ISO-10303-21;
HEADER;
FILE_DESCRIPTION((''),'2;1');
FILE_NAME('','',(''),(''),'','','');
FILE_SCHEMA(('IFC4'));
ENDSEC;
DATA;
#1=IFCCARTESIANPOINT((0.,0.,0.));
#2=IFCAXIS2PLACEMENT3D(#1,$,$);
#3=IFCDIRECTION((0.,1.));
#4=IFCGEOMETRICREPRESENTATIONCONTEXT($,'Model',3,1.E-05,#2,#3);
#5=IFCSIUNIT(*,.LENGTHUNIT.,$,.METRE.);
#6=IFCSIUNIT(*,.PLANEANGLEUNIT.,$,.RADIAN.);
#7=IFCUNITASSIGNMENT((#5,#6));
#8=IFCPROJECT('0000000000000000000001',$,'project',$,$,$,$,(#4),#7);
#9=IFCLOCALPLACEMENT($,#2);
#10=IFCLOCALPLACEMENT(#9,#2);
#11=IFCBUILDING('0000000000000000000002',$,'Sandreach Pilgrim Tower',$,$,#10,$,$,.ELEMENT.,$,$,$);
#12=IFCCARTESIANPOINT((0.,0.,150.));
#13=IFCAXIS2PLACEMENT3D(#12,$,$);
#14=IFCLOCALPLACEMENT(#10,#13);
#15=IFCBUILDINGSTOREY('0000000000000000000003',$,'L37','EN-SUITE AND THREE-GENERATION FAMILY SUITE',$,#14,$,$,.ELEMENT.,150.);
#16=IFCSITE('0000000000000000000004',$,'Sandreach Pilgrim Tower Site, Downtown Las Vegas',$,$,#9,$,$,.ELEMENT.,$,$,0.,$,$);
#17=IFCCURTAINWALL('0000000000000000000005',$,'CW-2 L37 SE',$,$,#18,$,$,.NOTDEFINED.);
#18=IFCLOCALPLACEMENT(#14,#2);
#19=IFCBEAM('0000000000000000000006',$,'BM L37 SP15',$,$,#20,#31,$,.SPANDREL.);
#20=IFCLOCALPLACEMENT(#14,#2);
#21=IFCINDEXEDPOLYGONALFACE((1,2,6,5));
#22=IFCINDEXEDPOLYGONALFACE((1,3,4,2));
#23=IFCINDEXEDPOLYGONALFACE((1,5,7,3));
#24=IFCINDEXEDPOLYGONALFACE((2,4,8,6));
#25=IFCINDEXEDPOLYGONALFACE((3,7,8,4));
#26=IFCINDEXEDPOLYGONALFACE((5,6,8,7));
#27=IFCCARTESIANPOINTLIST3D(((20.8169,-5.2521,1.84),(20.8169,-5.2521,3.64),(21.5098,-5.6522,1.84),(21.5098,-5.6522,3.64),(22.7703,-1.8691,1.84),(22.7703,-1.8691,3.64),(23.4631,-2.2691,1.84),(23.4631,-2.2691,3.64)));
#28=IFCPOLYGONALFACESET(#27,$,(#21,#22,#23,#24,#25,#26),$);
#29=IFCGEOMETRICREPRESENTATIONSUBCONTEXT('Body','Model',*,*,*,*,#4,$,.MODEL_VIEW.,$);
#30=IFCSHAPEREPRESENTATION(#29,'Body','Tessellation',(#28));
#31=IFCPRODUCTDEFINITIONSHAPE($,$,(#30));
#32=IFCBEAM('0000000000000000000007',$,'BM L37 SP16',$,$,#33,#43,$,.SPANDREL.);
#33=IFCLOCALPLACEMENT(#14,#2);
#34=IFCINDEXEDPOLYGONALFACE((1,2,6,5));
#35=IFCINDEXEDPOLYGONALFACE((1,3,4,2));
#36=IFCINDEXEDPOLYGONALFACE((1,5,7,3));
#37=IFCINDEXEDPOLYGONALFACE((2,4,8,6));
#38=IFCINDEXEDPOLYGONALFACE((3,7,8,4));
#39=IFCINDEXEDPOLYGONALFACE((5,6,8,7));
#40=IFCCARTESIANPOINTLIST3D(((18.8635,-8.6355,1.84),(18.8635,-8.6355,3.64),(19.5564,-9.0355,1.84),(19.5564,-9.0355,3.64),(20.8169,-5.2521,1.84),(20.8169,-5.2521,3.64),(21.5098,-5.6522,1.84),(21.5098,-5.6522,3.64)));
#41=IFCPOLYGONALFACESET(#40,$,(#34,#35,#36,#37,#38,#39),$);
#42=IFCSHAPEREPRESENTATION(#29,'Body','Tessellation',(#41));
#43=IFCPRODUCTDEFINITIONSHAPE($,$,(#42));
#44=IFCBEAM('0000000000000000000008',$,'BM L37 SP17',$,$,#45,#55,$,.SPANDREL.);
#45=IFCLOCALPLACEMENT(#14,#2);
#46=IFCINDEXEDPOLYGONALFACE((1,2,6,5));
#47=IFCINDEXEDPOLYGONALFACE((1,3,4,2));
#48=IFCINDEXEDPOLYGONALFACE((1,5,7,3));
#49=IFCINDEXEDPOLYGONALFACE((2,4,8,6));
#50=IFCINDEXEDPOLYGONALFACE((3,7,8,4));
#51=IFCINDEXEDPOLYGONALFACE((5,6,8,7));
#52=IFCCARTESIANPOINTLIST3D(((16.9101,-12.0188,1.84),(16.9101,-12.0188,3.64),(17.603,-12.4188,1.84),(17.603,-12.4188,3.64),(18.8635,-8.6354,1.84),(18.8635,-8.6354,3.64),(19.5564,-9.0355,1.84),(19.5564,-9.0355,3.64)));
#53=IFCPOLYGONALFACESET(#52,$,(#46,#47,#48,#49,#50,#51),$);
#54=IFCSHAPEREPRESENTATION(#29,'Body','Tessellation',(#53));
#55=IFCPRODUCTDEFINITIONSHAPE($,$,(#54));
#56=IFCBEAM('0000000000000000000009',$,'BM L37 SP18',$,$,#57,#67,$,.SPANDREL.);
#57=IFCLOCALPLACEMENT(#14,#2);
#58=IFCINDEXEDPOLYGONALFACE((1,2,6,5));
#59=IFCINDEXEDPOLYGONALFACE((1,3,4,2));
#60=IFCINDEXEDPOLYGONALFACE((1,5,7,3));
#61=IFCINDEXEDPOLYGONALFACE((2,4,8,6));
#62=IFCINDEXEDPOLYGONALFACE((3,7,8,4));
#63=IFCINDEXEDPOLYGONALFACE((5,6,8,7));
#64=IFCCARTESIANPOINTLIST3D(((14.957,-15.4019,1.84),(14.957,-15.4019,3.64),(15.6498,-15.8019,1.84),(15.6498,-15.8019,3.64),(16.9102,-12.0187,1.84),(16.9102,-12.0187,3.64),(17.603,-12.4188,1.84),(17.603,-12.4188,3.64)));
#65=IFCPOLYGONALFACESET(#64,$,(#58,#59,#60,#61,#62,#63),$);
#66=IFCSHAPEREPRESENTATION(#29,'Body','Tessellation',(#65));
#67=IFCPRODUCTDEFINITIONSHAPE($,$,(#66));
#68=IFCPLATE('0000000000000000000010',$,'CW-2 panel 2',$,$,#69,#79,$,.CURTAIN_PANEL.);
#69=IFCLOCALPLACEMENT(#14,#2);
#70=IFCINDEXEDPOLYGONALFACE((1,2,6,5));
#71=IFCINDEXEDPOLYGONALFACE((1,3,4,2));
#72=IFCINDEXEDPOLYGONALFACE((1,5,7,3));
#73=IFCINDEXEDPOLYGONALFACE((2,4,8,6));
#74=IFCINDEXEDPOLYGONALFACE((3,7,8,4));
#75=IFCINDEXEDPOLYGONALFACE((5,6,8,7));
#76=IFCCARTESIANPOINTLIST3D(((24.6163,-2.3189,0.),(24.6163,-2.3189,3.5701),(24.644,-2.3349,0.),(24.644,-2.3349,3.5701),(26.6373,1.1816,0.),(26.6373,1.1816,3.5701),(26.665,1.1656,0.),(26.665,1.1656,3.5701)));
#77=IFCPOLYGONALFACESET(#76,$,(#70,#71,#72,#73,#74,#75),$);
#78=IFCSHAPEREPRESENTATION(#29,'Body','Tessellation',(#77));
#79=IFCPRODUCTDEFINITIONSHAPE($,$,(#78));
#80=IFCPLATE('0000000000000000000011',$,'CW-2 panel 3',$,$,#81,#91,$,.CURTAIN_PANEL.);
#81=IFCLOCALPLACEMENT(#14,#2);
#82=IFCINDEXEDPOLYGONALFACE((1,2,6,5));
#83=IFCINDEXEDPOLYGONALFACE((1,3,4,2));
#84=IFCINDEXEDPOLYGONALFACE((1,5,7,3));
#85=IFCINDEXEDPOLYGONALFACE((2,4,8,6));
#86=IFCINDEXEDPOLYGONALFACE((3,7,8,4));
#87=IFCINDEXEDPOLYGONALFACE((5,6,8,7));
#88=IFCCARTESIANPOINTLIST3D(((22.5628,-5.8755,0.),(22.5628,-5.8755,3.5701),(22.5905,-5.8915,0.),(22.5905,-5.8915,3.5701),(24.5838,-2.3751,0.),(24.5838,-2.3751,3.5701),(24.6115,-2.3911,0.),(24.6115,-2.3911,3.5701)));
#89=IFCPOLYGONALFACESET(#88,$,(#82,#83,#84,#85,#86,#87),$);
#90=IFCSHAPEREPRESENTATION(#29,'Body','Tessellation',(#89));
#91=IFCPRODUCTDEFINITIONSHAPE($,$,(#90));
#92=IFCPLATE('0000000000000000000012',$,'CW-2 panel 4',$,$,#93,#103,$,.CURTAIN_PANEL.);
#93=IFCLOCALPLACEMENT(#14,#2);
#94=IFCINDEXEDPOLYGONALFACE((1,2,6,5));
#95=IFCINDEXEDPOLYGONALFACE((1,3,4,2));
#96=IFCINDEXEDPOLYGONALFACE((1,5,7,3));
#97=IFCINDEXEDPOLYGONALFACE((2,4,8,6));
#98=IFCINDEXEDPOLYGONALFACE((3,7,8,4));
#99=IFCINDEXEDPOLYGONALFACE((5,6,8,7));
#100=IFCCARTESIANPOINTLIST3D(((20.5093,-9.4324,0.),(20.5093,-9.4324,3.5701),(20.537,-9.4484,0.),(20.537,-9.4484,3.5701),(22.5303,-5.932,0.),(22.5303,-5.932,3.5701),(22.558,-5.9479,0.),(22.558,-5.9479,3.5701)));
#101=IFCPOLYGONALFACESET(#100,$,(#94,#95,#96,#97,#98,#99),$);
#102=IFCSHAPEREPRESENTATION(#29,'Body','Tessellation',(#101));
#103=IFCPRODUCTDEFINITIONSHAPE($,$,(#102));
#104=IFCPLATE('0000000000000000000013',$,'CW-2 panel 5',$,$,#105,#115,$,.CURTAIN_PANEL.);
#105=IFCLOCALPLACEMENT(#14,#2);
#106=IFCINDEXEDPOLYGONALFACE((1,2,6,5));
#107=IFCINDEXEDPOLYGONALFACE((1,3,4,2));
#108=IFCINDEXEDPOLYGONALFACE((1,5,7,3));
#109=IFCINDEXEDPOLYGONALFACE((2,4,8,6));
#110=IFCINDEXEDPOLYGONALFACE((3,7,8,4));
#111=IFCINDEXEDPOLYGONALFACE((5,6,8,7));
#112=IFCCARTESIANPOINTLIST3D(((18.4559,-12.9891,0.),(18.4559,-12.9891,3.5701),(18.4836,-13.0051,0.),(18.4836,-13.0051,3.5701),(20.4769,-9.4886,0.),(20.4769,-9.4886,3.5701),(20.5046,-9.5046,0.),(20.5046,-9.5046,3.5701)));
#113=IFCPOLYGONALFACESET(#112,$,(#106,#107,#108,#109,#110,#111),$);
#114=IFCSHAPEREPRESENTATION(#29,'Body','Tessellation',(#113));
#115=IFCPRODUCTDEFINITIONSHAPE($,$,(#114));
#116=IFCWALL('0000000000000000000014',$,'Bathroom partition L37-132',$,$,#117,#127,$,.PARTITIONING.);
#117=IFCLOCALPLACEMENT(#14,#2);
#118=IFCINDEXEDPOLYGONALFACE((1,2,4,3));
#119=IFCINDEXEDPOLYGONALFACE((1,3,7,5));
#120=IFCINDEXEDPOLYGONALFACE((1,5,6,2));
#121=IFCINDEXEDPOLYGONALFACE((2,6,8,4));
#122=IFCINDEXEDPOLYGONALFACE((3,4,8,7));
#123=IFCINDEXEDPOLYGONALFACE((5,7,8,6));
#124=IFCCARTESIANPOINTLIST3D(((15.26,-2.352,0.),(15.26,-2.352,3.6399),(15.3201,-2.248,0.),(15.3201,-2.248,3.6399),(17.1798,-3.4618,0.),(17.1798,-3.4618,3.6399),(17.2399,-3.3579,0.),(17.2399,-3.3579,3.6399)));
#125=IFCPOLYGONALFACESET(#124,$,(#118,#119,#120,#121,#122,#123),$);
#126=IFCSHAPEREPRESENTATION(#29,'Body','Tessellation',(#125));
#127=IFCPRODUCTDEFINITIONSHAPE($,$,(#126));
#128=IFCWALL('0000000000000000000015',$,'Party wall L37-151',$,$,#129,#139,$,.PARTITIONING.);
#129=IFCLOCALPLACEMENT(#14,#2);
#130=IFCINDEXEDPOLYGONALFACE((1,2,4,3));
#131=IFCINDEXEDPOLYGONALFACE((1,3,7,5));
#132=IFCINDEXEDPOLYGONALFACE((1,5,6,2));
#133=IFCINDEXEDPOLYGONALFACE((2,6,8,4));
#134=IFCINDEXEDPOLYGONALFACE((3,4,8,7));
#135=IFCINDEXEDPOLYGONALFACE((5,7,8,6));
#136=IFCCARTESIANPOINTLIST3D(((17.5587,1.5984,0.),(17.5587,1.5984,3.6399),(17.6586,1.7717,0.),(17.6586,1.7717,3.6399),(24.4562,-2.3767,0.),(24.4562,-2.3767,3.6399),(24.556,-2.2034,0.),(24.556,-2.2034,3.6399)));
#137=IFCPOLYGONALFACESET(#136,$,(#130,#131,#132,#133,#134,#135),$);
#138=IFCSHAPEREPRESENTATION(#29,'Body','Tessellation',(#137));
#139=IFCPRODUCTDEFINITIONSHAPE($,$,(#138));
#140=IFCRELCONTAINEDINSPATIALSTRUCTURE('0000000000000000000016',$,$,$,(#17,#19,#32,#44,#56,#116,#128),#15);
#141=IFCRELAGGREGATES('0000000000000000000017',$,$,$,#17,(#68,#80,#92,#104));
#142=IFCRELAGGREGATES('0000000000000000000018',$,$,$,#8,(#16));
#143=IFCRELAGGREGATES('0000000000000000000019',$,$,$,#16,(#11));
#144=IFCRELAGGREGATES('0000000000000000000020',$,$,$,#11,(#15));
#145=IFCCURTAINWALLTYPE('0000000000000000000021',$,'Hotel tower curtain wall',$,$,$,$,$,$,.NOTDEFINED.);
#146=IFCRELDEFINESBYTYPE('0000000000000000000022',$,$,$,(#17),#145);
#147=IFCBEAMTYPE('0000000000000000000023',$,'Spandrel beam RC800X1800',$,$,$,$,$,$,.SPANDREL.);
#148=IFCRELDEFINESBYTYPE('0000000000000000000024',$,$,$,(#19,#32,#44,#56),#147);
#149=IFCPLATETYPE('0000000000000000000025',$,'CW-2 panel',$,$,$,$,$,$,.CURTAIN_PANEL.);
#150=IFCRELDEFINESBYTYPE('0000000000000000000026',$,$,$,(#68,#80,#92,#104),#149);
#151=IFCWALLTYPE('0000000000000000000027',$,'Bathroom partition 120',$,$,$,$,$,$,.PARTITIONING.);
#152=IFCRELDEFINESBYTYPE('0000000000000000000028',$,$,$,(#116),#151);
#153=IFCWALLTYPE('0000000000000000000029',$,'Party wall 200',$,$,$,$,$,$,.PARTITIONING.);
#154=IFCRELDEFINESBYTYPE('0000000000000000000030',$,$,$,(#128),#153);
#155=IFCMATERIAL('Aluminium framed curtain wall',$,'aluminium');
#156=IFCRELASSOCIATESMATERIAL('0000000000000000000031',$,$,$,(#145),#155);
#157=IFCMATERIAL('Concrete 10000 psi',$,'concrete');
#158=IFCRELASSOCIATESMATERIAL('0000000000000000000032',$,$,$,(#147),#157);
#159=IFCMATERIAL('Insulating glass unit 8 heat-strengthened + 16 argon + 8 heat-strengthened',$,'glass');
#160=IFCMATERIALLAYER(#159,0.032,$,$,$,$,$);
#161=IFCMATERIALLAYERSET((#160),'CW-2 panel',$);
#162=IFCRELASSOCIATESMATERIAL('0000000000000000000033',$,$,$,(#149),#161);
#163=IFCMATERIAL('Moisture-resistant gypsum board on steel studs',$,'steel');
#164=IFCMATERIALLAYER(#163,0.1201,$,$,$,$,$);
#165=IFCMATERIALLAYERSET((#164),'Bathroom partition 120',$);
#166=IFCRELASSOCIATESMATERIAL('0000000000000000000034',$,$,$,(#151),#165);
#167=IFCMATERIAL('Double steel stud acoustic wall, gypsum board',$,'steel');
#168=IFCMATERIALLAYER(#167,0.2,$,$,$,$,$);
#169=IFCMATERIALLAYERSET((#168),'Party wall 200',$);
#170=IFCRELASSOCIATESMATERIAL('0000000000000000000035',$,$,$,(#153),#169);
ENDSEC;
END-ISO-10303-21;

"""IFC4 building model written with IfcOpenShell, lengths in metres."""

from ifc_helpers import new_model, si_unit, direction, frame, frame_2d, origin, origin_2d, place, context, subcontext, project, spatial, rectangle, extrude, material, layer, layer_set, material_profile, profile_set, type_object, element, aggregate, save


model = new_model("IFC4")

# Units and contexts
model_context = context("Model", 3, precision=1e-05, world=origin(), true_north=direction((0.0, 1.0)))
body_context = subcontext(model_context, "Body", "Model", "MODEL_VIEW")
ifc_project = project(units=[si_unit("LENGTHUNIT", "METRE"), si_unit("PLANEANGLEUNIT", "RADIAN")], contexts=[model_context])

# Site, building, storey
site_placement = place(None, origin())
site = spatial("IfcSite", under=ifc_project, at=site_placement, Name="Sandreach Pilgrim Tower Site, Downtown Las Vegas", CompositionType="ELEMENT", RefElevation=0.0)
building_placement = place(site_placement, origin())
building = spatial("IfcBuilding", under=site, at=building_placement, Name="Sandreach Pilgrim Tower", CompositionType="ELEMENT")
storey_placement = place(building_placement, frame((0.0, 0.0, 150.0)))
storey = spatial("IfcBuildingStorey", under=building, at=storey_placement, Name="L37", Description="EN-SUITE AND THREE-GENERATION FAMILY SUITE", CompositionType="ELEMENT", Elevation=150.0)

# Curtain wall
ifc_material_1 = material(Name="Aluminium framed curtain wall", Category="aluminium")
curtain_wall_type = type_object("IfcCurtainWallType", Name="Hotel tower curtain wall", PredefinedType="NOTDEFINED", material=ifc_material_1)
curtain_wall_placement = place(storey_placement, origin())
curtain_wall = element("IfcCurtainWall", 1, at=curtain_wall_placement, inside=storey, type_object=curtain_wall_type, Name="CW-2 L37 SE", PredefinedType="NOTDEFINED")

# Beams
ifc_material_2 = material(Name="Concrete 10000 psi", Category="concrete")
ifc_material_profile_1 = material_profile(ifc_material_2, rectangle(XDim=0.8, YDim=1.8, at=origin_2d()), Name="RC800X1800")
ifc_profile_set_1 = profile_set([ifc_material_profile_1], Name="Concrete 10000 psi")
beam_type_1 = type_object("IfcBeamType", Name="Spandrel beam RC800X1800", PredefinedType="SPANDREL", material=ifc_profile_set_1)
beam_1_placement = place(storey_placement, frame((23.1167, -2.0691, 2.74), z_axis=(-0.500031, -0.866008, 0.0), x_axis=(0.866008, -0.500031, 0.0)))
element("IfcBeam", 2, at=beam_1_placement, inside=storey, type_object=beam_type_1, Name="BM L37 SP15", PredefinedType="SPANDREL", context=body_context, shape_type="SweptSolid", body=[
    extrude(rectangle(XDim=0.8, YDim=1.8, at=origin_2d()), origin(), (0.0, 0.0, 1.0), 3.9065),
])
for number, where, z_axis, x_axis, name in (
    (3, (21.1633, -5.4521, 2.74), (-0.500004, -0.866023, 0.0), (0.866023, -0.500004, 0.0), "BM L37 SP16"),
    (4, (19.21, -8.8354, 2.74), (-0.500004, -0.866023, 0.0), (0.866023, -0.500004, 0.0), "BM L37 SP17"),
):
    element("IfcBeam", number, at=place(storey_placement, frame(where, z_axis=z_axis, x_axis=x_axis)), inside=storey, type_object=beam_type_1, Name=name, PredefinedType="SPANDREL", context=body_context, shape_type="SweptSolid", body=[
        extrude(rectangle(XDim=0.8, YDim=1.8, at=origin_2d()), origin(), (0.0, 0.0, 1.0), 3.9067),
    ])
beam_2_placement = place(storey_placement, frame((17.2566, -12.2188, 2.74), z_axis=(-0.499984, -0.866035, 0.0), x_axis=(0.866035, -0.499984, 0.0)))
element("IfcBeam", 5, at=beam_2_placement, inside=storey, type_object=beam_type_1, Name="BM L37 SP18", PredefinedType="SPANDREL", context=body_context, shape_type="SweptSolid", body=[
    extrude(rectangle(XDim=0.8, YDim=1.8, at=origin_2d()), origin(), (0.0, 0.0, 1.0), 3.9065),
])

# Plates
ifc_material_3 = material(Name="Insulating glass unit 8 heat-strengthened + 16 argon + 8 heat-strengthened", Category="glass")
ifc_layer_1 = layer(ifc_material_3, 0.032)
ifc_layer_set_1 = layer_set([ifc_layer_1], Name="CW-2 panel")
plate_type = type_object("IfcPlateType", Name="CW-2 panel", PredefinedType="CURTAIN_PANEL", material=ifc_layer_set_1)
plate_1_placement = place(storey_placement, frame((25.6406, -0.5767, 0.0), z_axis=(0.0, 0.0, 1.0), x_axis=(-0.5, -0.866025, 0.0)))
plate_1 = element("IfcPlate", 6, at=plate_1_placement, type_object=plate_type, Name="CW-2 panel 2", PredefinedType="CURTAIN_PANEL", context=body_context, shape_type="SweptSolid", body=[
    extrude(rectangle(XDim=4.042, YDim=0.032, at=origin_2d()), origin(), (0.0, 0.0, 1.0), 3.5701),
])
plate_2_placement = place(storey_placement, frame((23.5872, -4.1333, 0.0), z_axis=(0.0, 0.0, 1.0), x_axis=(-0.5, -0.866025, 0.0)))
plate_2 = element("IfcPlate", 7, at=plate_2_placement, type_object=plate_type, Name="CW-2 panel 3", PredefinedType="CURTAIN_PANEL", context=body_context, shape_type="SweptSolid", body=[
    extrude(rectangle(XDim=4.042, YDim=0.032, at=origin_2d()), origin(), (0.0, 0.0, 1.0), 3.5701),
])
plate_3_placement = place(storey_placement, frame((21.5337, -7.6902, 0.0), z_axis=(0.0, 0.0, 1.0), x_axis=(-0.5, -0.866025, 0.0)))
plate_3 = element("IfcPlate", 8, at=plate_3_placement, type_object=plate_type, Name="CW-2 panel 4", PredefinedType="CURTAIN_PANEL", context=body_context, shape_type="SweptSolid", body=[
    extrude(rectangle(XDim=4.042, YDim=0.032, at=origin_2d()), origin(), (0.0, 0.0, 1.0), 3.5701),
])
plate_4_placement = place(storey_placement, frame((19.4802, -11.2468, 0.0), z_axis=(0.0, 0.0, 1.0), x_axis=(-0.5, -0.866025, 0.0)))
plate_4 = element("IfcPlate", 9, at=plate_4_placement, type_object=plate_type, Name="CW-2 panel 5", PredefinedType="CURTAIN_PANEL", context=body_context, shape_type="SweptSolid", body=[
    extrude(rectangle(XDim=4.042, YDim=0.032, at=origin_2d()), origin(), (0.0, 0.0, 1.0), 3.5701),
])
aggregate(curtain_wall, [plate_1, plate_2, plate_3, plate_4])

# Wall
ifc_material_4 = material(Name="Moisture-resistant gypsum board on steel studs", Category="steel")
ifc_layer_2 = layer(ifc_material_4, 0.1201)
ifc_layer_set_2 = layer_set([ifc_layer_2], Name="Bathroom partition 120")
wall_type_1 = type_object("IfcWallType", Name="Bathroom partition 120", PredefinedType="PARTITIONING", material=ifc_layer_set_2)
wall_1_placement = place(storey_placement, frame((17.21, -3.4099, 0.0), z_axis=(0.0, 0.0, 1.0), x_axis=(-0.865753, 0.500472, 0.0)))
element("IfcWall", 10, at=wall_1_placement, inside=storey, type_object=wall_type_1, Name="Bathroom partition L37-132", PredefinedType="PARTITIONING", context=body_context, shape_type="SweptSolid", body=[
    extrude(rectangle(XDim=2.2175, YDim=0.1201, at=frame_2d((1.1089, 0.0))), origin(), (0.0, 0.0, 1.0), 3.6399),
])

# Wall
ifc_material_5 = material(Name="Double steel stud acoustic wall, gypsum board", Category="steel")
ifc_layer_3 = layer(ifc_material_5, 0.2)
ifc_layer_set_3 = layer_set([ifc_layer_3], Name="Party wall 200")
wall_type_2 = type_object("IfcWallType", Name="Party wall 200", PredefinedType="PARTITIONING", material=ifc_layer_set_3)
wall_2_placement = place(storey_placement, frame((24.5061, -2.29, 0.0), z_axis=(0.0, 0.0, 1.0), x_axis=(-0.866414, 0.499326, 0.0)))
element("IfcWall", 11, at=wall_2_placement, inside=storey, type_object=wall_type_2, Name="Party wall L37-151", PredefinedType="PARTITIONING", context=body_context, shape_type="SweptSolid", body=[
    extrude(rectangle(XDim=7.9609, YDim=0.2, at=frame_2d((3.9805, 0.0))), origin(), (0.0, 0.0, 1.0), 3.6399),
])

save(model, "model.ifc")
